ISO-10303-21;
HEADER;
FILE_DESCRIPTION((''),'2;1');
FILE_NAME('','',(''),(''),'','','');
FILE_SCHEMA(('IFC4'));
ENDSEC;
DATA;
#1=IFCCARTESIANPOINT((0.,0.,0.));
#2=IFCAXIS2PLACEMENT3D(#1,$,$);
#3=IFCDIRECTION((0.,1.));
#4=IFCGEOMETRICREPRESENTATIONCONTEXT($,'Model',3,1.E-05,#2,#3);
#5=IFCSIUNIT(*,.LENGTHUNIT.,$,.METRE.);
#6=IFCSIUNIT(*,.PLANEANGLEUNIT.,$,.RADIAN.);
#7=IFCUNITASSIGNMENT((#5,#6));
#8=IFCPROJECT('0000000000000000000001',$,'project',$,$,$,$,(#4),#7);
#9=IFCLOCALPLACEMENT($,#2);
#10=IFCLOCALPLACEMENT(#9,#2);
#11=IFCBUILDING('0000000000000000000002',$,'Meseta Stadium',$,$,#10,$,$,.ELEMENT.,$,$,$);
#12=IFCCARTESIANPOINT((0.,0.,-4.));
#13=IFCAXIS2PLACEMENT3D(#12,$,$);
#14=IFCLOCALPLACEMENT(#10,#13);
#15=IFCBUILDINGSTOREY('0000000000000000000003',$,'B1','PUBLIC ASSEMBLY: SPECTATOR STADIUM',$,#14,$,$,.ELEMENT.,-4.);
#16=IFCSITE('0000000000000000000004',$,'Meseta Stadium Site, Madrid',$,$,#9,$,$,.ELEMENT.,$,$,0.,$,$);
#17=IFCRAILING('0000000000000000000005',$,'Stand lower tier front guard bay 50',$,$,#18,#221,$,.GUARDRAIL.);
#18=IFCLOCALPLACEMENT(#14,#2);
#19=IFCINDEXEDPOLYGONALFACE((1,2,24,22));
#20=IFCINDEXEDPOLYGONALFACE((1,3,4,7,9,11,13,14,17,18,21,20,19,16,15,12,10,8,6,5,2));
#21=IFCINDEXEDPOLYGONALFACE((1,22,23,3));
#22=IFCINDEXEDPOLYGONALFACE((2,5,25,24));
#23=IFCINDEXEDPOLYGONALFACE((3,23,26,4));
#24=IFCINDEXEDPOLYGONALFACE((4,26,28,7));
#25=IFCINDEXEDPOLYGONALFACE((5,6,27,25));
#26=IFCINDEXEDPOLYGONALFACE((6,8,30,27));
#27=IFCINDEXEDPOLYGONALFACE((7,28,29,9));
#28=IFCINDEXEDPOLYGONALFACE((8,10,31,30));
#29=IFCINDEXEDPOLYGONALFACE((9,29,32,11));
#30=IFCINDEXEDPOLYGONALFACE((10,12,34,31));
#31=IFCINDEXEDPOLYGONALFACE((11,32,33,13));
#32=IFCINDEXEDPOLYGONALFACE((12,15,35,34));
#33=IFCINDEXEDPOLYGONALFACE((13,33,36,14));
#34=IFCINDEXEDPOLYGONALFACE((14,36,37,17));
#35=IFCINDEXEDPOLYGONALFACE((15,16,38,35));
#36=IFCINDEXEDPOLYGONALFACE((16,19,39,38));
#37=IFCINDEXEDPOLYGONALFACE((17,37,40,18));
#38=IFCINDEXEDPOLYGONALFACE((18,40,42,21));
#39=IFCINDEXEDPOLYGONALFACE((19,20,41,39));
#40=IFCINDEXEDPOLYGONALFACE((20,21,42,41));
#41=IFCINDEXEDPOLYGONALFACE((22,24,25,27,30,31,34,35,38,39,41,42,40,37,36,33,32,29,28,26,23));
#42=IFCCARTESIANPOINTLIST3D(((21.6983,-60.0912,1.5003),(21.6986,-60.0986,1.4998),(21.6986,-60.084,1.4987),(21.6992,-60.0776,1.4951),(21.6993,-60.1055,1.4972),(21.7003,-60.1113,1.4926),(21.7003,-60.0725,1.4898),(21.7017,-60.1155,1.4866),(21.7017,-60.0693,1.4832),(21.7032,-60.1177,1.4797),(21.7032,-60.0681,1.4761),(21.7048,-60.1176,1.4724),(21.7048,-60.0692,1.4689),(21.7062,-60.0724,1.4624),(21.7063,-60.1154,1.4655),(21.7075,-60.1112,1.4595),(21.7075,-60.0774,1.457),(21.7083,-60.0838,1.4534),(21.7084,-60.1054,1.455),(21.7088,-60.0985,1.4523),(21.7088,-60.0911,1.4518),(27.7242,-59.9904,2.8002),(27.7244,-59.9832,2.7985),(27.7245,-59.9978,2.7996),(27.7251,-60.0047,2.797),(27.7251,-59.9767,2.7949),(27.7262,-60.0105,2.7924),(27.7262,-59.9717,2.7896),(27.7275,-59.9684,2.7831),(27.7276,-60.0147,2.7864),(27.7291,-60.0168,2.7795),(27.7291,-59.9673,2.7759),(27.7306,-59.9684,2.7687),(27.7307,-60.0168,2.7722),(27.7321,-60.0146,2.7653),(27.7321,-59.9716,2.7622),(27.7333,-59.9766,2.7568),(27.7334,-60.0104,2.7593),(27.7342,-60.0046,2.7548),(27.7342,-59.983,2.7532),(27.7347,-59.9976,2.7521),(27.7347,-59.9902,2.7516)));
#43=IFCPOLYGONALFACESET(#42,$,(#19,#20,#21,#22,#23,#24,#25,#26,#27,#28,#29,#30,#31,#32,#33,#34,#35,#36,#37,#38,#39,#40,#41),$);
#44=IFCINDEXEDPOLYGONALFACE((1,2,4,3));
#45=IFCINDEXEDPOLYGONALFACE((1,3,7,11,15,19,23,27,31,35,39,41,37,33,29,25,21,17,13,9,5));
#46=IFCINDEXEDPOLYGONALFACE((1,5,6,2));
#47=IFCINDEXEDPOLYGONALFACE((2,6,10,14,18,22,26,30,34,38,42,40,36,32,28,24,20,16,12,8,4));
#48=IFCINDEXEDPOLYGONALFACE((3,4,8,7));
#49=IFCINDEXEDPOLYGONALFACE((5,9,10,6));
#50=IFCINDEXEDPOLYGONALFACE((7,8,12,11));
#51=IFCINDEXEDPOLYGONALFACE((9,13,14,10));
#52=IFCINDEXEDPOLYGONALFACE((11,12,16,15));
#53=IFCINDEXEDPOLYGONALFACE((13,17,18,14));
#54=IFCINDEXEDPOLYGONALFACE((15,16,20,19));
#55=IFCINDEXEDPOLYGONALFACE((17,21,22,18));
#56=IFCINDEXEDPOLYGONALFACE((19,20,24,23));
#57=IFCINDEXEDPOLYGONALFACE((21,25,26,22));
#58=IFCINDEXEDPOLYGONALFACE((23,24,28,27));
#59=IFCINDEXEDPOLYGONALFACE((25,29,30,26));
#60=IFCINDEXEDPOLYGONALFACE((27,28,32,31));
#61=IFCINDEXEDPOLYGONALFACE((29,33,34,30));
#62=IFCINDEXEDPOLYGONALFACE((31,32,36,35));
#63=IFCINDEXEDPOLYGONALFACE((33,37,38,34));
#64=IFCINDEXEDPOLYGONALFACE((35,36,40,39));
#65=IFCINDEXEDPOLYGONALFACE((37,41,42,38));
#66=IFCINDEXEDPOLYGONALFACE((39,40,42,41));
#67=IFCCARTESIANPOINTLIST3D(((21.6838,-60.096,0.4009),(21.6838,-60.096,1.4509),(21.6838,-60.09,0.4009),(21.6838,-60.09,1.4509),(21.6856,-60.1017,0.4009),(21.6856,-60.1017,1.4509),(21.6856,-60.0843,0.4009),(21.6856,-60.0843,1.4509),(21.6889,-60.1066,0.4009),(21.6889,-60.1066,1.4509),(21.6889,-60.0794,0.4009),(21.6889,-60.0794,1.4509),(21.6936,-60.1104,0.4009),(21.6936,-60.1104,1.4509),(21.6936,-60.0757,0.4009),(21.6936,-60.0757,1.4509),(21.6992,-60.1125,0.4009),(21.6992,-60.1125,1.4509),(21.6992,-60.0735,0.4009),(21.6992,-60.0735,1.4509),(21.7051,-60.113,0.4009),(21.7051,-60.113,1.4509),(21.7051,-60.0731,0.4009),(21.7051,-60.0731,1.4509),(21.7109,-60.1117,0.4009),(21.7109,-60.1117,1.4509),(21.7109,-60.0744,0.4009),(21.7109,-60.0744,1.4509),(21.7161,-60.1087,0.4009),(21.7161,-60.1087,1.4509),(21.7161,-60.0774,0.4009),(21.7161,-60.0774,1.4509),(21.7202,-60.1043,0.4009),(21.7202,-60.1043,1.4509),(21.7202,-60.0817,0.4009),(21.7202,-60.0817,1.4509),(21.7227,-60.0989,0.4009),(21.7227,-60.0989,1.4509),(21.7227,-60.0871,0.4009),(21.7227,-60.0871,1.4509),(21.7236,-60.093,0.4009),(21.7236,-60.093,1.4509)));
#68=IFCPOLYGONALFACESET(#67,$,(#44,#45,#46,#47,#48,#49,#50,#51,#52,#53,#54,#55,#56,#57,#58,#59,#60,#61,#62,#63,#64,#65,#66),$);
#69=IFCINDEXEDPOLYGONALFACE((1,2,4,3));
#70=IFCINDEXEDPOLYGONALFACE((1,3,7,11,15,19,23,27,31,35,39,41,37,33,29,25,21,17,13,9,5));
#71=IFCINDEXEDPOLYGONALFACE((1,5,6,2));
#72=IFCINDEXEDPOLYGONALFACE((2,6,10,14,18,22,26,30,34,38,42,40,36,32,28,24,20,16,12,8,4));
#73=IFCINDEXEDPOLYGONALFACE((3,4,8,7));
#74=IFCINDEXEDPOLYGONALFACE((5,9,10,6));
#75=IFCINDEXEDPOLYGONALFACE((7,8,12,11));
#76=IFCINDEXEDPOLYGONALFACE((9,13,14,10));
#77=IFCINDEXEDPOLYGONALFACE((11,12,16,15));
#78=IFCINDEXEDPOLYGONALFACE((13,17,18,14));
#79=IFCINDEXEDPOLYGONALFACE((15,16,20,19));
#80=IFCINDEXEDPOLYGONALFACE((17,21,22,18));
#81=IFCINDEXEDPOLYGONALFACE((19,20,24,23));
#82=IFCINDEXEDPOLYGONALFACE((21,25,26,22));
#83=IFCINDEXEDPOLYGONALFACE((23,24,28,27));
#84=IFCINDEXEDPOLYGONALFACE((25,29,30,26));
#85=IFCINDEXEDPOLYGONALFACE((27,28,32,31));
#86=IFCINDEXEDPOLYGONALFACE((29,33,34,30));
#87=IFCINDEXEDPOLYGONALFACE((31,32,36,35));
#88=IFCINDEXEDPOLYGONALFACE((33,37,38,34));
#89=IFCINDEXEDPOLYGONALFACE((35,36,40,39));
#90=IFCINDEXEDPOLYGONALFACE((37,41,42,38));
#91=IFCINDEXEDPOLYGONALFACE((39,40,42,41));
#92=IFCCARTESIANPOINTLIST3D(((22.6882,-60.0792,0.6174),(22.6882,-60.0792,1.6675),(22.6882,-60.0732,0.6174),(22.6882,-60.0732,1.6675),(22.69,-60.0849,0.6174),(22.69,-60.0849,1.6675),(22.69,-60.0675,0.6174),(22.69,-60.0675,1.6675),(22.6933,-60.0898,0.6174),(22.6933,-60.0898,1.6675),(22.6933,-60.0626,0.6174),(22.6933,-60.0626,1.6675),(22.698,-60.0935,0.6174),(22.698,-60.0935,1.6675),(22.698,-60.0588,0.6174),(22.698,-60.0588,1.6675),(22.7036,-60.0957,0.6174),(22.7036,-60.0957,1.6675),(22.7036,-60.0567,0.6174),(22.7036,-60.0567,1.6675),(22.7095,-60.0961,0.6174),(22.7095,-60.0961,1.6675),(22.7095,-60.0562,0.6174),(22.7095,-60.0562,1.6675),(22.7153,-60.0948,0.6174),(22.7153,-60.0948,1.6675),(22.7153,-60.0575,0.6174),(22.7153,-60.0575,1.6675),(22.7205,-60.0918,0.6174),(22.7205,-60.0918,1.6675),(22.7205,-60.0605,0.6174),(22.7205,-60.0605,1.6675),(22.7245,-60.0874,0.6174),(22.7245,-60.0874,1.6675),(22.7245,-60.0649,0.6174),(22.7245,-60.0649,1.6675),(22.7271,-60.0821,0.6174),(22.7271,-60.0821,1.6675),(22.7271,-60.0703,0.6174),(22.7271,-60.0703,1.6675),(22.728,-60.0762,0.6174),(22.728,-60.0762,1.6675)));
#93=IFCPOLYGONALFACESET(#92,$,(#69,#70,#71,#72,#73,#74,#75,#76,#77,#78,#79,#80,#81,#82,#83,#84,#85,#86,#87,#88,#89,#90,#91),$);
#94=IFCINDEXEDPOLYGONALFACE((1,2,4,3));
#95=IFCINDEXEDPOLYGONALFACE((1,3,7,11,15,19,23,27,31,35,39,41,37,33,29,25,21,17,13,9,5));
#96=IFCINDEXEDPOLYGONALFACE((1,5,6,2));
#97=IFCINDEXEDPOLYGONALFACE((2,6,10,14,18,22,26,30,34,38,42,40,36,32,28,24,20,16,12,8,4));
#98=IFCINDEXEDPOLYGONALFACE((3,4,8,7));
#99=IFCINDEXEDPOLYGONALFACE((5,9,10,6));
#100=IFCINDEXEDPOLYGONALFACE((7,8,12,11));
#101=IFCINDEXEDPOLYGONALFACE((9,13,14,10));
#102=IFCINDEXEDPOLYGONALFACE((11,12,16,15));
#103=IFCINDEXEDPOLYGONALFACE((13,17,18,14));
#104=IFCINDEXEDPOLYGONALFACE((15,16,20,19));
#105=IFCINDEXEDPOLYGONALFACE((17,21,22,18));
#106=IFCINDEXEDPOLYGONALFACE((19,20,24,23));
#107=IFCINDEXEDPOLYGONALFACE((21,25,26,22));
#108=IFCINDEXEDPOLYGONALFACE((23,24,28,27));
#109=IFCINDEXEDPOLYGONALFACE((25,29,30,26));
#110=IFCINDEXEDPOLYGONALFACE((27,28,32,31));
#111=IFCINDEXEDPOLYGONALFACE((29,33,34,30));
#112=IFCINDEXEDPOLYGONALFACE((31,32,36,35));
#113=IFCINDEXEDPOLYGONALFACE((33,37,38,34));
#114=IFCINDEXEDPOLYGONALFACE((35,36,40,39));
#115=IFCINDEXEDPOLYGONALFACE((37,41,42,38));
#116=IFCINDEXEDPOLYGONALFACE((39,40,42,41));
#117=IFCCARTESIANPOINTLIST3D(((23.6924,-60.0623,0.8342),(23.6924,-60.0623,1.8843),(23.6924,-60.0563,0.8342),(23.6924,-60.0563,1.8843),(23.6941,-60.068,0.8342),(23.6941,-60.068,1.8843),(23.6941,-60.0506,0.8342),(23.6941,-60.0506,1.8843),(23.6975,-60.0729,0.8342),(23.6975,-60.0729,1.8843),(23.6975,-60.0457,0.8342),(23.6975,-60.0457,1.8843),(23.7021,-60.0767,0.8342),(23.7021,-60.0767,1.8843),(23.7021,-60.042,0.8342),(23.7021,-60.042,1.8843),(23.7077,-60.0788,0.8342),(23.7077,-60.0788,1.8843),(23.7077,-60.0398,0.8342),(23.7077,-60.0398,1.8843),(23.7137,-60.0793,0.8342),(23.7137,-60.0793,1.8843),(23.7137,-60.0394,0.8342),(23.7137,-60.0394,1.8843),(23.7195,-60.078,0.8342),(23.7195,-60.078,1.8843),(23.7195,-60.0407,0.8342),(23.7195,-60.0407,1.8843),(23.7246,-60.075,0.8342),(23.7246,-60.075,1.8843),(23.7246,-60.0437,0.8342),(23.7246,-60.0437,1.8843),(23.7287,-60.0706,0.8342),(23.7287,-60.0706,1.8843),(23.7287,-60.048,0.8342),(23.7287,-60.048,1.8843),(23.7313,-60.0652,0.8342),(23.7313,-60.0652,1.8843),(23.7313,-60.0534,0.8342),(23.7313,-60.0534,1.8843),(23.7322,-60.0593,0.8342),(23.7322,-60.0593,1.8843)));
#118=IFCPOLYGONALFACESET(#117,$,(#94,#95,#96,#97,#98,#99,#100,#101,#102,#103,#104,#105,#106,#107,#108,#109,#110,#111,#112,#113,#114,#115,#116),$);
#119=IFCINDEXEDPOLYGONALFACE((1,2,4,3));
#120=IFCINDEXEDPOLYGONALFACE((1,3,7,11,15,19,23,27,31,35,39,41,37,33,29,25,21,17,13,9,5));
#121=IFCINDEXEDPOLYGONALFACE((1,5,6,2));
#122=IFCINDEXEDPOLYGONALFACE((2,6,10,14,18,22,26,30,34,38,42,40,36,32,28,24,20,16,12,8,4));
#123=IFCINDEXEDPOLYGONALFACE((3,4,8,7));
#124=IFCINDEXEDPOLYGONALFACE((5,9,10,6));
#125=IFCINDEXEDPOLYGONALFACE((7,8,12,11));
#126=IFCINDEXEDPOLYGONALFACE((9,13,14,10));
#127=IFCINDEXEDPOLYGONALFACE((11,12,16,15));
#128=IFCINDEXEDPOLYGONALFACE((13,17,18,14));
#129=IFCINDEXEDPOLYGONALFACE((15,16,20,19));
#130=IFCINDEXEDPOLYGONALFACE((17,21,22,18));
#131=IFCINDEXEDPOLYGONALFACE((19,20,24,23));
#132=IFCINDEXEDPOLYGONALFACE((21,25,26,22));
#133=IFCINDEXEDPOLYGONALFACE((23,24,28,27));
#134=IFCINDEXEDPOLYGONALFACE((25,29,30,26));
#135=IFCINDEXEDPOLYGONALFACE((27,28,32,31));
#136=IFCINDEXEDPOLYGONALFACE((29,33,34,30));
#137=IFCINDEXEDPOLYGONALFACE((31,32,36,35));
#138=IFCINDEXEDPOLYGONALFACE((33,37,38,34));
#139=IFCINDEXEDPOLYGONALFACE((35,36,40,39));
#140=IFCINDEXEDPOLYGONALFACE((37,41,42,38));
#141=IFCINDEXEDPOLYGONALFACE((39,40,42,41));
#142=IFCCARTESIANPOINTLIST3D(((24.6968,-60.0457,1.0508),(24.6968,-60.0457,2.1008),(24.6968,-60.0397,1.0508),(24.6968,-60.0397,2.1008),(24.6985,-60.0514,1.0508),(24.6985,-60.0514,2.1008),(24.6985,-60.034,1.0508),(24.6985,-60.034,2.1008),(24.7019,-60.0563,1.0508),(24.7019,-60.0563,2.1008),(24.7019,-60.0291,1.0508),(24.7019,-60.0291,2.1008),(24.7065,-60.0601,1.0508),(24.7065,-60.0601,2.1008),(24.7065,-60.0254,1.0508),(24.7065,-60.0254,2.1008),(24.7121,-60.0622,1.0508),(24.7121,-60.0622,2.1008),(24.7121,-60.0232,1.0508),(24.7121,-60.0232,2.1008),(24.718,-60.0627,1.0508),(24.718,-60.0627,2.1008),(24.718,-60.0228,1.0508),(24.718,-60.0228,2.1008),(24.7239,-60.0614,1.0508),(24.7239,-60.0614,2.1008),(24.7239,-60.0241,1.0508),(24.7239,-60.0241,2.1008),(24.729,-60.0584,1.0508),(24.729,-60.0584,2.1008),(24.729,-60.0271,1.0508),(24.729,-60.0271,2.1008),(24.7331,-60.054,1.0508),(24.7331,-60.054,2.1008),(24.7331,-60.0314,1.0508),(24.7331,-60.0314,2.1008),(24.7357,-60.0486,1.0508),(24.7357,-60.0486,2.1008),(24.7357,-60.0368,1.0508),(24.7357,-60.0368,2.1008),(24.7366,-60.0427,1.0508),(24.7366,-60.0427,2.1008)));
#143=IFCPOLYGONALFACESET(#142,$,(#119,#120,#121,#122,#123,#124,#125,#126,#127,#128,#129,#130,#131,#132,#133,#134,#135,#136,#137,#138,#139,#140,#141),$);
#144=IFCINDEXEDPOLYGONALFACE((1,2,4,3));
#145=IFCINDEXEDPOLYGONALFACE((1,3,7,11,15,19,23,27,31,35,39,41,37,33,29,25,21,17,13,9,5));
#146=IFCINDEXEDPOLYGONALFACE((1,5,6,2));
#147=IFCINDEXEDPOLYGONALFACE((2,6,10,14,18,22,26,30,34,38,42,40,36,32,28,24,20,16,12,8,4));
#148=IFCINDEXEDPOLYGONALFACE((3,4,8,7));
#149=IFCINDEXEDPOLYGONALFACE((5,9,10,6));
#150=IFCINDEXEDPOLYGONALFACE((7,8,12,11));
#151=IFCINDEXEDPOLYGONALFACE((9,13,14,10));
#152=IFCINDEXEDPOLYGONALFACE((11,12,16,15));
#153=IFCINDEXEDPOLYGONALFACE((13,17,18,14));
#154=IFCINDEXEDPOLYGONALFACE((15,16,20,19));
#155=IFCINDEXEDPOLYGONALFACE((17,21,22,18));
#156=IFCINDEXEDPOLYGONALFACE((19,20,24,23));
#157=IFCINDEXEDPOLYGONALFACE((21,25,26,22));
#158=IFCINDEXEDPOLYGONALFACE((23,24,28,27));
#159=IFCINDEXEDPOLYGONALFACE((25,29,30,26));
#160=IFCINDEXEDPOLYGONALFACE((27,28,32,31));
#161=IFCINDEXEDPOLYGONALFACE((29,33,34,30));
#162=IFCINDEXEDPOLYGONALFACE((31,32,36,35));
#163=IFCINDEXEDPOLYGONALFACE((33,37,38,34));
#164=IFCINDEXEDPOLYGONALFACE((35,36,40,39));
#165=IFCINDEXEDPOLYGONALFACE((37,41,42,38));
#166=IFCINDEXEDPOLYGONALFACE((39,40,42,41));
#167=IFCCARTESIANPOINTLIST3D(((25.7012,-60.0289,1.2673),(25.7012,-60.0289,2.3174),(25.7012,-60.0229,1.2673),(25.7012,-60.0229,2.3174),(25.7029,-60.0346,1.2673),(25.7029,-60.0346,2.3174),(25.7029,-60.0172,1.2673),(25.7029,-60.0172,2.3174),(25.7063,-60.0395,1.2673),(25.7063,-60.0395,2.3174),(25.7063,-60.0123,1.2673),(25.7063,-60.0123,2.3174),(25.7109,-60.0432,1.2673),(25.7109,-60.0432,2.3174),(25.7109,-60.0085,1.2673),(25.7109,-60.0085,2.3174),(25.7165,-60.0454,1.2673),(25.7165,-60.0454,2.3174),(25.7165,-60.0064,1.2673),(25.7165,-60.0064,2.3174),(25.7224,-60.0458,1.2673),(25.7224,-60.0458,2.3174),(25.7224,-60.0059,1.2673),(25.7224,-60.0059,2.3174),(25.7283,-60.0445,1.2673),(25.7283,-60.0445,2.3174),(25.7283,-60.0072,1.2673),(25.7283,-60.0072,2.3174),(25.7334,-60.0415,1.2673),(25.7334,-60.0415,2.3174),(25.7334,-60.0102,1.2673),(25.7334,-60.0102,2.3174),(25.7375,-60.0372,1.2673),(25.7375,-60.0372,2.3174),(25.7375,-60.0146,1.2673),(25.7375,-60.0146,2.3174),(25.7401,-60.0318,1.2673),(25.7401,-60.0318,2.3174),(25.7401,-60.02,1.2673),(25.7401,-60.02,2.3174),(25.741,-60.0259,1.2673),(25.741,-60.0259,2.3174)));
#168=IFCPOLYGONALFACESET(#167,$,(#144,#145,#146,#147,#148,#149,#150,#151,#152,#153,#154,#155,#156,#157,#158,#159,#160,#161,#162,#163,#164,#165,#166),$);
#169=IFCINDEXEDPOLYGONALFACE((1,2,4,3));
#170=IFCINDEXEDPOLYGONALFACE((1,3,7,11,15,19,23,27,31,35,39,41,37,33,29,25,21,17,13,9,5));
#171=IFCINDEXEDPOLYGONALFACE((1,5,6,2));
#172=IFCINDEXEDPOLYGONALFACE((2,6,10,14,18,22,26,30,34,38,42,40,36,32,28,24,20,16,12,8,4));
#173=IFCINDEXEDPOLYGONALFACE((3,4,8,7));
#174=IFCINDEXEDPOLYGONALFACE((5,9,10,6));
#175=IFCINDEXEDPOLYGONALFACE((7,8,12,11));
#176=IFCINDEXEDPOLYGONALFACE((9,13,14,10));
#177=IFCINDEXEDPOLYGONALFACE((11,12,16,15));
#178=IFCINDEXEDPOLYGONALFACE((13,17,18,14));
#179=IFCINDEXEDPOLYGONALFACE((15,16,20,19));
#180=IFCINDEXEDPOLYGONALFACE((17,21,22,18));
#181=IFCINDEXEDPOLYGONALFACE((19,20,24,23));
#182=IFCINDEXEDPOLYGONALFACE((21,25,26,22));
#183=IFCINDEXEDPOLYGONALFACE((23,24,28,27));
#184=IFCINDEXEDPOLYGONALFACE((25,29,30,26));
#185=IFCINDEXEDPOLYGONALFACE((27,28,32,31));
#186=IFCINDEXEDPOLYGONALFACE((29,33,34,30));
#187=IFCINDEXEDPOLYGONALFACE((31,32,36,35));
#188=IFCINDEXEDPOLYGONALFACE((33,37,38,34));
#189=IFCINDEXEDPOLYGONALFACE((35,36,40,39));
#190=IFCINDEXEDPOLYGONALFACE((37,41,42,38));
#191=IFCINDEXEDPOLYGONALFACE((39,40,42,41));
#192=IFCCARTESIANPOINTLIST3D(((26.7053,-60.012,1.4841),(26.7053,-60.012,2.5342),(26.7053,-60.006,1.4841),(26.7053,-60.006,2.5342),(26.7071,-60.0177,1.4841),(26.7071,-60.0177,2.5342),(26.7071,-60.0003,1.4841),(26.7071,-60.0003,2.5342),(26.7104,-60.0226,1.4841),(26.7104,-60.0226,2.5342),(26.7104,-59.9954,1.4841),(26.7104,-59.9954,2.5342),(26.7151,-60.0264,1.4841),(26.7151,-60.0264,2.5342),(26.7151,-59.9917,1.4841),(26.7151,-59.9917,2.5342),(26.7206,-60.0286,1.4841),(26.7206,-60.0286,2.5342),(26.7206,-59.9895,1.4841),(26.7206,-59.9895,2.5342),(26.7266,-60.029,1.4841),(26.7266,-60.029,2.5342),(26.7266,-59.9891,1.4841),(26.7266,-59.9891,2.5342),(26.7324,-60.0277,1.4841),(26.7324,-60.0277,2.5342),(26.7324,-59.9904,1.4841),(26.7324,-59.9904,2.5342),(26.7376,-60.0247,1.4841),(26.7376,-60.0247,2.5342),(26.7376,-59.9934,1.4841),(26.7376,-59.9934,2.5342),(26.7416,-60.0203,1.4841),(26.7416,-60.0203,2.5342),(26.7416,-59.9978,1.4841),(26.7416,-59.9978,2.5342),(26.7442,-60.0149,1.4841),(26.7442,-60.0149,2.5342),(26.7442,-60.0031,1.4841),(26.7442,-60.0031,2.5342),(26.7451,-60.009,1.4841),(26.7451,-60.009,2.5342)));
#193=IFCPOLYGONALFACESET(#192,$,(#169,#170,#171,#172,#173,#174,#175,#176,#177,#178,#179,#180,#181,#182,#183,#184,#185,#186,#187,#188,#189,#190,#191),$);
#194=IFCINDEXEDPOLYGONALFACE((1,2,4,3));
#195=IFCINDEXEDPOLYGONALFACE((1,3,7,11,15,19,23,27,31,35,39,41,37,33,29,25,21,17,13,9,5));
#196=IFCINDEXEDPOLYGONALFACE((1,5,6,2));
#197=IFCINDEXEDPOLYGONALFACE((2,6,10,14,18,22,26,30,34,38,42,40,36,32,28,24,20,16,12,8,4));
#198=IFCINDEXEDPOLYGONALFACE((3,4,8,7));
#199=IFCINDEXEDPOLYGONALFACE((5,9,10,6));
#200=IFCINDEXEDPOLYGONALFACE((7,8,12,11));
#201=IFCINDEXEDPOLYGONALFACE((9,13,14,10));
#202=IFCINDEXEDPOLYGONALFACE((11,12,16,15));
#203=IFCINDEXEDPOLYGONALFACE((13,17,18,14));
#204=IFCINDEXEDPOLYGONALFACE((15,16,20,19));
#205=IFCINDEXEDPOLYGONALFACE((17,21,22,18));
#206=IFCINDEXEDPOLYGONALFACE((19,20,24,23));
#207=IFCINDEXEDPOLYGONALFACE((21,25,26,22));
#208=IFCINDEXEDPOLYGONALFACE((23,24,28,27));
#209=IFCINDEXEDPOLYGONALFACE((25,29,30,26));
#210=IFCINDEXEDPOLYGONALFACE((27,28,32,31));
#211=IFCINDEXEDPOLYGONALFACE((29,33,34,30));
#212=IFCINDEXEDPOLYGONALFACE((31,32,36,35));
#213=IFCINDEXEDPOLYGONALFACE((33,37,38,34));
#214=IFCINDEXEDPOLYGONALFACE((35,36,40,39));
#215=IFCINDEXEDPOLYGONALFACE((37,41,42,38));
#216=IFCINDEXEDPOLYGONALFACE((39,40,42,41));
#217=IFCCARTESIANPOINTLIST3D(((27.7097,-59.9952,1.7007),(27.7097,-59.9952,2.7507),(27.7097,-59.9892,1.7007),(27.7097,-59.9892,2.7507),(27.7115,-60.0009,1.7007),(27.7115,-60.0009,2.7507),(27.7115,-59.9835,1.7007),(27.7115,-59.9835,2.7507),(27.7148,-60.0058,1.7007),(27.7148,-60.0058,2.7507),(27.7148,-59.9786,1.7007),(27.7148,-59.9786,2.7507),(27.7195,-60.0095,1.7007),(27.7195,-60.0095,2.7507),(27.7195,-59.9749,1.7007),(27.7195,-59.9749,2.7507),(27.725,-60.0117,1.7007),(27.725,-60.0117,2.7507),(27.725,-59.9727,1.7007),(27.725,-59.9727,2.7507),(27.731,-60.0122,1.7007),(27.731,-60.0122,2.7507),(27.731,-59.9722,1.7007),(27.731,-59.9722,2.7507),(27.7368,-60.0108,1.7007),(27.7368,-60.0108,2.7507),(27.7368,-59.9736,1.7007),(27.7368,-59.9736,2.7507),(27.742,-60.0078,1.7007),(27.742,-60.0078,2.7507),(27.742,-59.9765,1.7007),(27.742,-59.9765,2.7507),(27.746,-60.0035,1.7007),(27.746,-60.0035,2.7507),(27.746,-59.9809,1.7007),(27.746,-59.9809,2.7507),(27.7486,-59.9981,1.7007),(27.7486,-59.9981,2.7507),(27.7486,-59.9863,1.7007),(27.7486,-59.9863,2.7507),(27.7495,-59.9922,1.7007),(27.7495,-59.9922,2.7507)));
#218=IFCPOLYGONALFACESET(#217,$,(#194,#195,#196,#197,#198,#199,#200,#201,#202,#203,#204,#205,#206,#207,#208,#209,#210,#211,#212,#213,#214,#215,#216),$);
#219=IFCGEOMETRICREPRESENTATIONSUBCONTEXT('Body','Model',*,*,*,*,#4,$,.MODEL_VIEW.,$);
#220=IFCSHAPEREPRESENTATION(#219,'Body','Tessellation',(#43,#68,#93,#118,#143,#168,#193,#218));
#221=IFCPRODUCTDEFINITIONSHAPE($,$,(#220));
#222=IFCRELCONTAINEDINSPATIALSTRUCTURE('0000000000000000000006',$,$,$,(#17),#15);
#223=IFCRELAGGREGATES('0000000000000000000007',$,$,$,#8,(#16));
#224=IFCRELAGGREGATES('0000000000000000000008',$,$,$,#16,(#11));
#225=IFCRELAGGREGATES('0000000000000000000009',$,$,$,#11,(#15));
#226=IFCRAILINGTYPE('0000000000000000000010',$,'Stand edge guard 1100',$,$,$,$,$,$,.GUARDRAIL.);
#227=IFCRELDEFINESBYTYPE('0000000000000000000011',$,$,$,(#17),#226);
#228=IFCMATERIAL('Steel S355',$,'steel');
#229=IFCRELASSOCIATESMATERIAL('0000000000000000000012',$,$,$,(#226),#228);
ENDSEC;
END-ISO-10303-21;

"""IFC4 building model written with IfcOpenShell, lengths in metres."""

from ifc_helpers import new_model, si_unit, direction, frame, origin, origin_2d, place, context, subcontext, project, spatial, circle, extrude, material, type_object, element, save


model = new_model("IFC4")

# Units and contexts
model_context = context("Model", 3, precision=1e-05, world=origin(), true_north=direction((0.0, 1.0)))
body_context = subcontext(model_context, "Body", "Model", "MODEL_VIEW")
ifc_project = project(units=[si_unit("LENGTHUNIT", "METRE"), si_unit("PLANEANGLEUNIT", "RADIAN")], contexts=[model_context])

# Site, building, storey
site_placement = place(None, origin())
site = spatial("IfcSite", under=ifc_project, at=site_placement, Name="Meseta Stadium Site, Madrid", CompositionType="ELEMENT", RefElevation=0.0)
building_placement = place(site_placement, origin())
building = spatial("IfcBuilding", under=site, at=building_placement, Name="Meseta Stadium", CompositionType="ELEMENT")
storey_placement = place(building_placement, frame((0.0, 0.0, -4.0)))
storey = spatial("IfcBuildingStorey", under=building, at=storey_placement, Name="B1", Description="PUBLIC ASSEMBLY: SPECTATOR STADIUM", CompositionType="ELEMENT", Elevation=-4.0)

# Railing
ifc_material_1 = material(Name="Steel S355", Category="steel")
railing_type = type_object("IfcRailingType", Name="Stand edge guard 1100", PredefinedType="GUARDRAIL", material=ifc_material_1)
railing_1_placement = place(storey_placement, frame((21.7036, -60.093, 0.4009)))
element("IfcRailing", 1, at=railing_1_placement, inside=storey, type_object=railing_type, Name="Stand lower tier front guard bay 50", PredefinedType="GUARDRAIL", context=body_context, shape_type="SweptSolid", body=[
    extrude(circle(Radius=0.0249, at=origin_2d()), frame((0.0, 0.0, 1.0752), z_axis=(0.977387, 0.016354, 0.210826), x_axis=(-0.01673, 0.99986, 0.0)), (0.0, 0.0, 1.0), 6.1653),
    extrude(circle(Radius=0.02, at=origin_2d()), origin(), (0.0, 0.0, 1.0), 1.05),
    extrude(circle(Radius=0.02, at=origin_2d()), frame((1.0044, 0.0168, 0.2166)), (0.0, 0.0, 1.0), 1.05),
    extrude(circle(Radius=0.02, at=origin_2d()), frame((2.0085, 0.0337, 0.4333)), (0.0, 0.0, 1.0), 1.05),
    extrude(circle(Radius=0.02, at=origin_2d()), frame((3.0129, 0.0503, 0.6499)), (0.0, 0.0, 1.0), 1.05),
    extrude(circle(Radius=0.02, at=origin_2d()), frame((4.0173, 0.0671, 0.8665)), (0.0, 0.0, 1.0), 1.05),
    extrude(circle(Radius=0.02, at=origin_2d()), frame((5.0215, 0.084, 1.0833)), (0.0, 0.0, 1.0), 1.05),
    extrude(circle(Radius=0.02, at=origin_2d()), frame((6.0259, 0.1008, 1.2998)), (0.0, 0.0, 1.0), 1.05),
])

save(model, "model.ifc")
